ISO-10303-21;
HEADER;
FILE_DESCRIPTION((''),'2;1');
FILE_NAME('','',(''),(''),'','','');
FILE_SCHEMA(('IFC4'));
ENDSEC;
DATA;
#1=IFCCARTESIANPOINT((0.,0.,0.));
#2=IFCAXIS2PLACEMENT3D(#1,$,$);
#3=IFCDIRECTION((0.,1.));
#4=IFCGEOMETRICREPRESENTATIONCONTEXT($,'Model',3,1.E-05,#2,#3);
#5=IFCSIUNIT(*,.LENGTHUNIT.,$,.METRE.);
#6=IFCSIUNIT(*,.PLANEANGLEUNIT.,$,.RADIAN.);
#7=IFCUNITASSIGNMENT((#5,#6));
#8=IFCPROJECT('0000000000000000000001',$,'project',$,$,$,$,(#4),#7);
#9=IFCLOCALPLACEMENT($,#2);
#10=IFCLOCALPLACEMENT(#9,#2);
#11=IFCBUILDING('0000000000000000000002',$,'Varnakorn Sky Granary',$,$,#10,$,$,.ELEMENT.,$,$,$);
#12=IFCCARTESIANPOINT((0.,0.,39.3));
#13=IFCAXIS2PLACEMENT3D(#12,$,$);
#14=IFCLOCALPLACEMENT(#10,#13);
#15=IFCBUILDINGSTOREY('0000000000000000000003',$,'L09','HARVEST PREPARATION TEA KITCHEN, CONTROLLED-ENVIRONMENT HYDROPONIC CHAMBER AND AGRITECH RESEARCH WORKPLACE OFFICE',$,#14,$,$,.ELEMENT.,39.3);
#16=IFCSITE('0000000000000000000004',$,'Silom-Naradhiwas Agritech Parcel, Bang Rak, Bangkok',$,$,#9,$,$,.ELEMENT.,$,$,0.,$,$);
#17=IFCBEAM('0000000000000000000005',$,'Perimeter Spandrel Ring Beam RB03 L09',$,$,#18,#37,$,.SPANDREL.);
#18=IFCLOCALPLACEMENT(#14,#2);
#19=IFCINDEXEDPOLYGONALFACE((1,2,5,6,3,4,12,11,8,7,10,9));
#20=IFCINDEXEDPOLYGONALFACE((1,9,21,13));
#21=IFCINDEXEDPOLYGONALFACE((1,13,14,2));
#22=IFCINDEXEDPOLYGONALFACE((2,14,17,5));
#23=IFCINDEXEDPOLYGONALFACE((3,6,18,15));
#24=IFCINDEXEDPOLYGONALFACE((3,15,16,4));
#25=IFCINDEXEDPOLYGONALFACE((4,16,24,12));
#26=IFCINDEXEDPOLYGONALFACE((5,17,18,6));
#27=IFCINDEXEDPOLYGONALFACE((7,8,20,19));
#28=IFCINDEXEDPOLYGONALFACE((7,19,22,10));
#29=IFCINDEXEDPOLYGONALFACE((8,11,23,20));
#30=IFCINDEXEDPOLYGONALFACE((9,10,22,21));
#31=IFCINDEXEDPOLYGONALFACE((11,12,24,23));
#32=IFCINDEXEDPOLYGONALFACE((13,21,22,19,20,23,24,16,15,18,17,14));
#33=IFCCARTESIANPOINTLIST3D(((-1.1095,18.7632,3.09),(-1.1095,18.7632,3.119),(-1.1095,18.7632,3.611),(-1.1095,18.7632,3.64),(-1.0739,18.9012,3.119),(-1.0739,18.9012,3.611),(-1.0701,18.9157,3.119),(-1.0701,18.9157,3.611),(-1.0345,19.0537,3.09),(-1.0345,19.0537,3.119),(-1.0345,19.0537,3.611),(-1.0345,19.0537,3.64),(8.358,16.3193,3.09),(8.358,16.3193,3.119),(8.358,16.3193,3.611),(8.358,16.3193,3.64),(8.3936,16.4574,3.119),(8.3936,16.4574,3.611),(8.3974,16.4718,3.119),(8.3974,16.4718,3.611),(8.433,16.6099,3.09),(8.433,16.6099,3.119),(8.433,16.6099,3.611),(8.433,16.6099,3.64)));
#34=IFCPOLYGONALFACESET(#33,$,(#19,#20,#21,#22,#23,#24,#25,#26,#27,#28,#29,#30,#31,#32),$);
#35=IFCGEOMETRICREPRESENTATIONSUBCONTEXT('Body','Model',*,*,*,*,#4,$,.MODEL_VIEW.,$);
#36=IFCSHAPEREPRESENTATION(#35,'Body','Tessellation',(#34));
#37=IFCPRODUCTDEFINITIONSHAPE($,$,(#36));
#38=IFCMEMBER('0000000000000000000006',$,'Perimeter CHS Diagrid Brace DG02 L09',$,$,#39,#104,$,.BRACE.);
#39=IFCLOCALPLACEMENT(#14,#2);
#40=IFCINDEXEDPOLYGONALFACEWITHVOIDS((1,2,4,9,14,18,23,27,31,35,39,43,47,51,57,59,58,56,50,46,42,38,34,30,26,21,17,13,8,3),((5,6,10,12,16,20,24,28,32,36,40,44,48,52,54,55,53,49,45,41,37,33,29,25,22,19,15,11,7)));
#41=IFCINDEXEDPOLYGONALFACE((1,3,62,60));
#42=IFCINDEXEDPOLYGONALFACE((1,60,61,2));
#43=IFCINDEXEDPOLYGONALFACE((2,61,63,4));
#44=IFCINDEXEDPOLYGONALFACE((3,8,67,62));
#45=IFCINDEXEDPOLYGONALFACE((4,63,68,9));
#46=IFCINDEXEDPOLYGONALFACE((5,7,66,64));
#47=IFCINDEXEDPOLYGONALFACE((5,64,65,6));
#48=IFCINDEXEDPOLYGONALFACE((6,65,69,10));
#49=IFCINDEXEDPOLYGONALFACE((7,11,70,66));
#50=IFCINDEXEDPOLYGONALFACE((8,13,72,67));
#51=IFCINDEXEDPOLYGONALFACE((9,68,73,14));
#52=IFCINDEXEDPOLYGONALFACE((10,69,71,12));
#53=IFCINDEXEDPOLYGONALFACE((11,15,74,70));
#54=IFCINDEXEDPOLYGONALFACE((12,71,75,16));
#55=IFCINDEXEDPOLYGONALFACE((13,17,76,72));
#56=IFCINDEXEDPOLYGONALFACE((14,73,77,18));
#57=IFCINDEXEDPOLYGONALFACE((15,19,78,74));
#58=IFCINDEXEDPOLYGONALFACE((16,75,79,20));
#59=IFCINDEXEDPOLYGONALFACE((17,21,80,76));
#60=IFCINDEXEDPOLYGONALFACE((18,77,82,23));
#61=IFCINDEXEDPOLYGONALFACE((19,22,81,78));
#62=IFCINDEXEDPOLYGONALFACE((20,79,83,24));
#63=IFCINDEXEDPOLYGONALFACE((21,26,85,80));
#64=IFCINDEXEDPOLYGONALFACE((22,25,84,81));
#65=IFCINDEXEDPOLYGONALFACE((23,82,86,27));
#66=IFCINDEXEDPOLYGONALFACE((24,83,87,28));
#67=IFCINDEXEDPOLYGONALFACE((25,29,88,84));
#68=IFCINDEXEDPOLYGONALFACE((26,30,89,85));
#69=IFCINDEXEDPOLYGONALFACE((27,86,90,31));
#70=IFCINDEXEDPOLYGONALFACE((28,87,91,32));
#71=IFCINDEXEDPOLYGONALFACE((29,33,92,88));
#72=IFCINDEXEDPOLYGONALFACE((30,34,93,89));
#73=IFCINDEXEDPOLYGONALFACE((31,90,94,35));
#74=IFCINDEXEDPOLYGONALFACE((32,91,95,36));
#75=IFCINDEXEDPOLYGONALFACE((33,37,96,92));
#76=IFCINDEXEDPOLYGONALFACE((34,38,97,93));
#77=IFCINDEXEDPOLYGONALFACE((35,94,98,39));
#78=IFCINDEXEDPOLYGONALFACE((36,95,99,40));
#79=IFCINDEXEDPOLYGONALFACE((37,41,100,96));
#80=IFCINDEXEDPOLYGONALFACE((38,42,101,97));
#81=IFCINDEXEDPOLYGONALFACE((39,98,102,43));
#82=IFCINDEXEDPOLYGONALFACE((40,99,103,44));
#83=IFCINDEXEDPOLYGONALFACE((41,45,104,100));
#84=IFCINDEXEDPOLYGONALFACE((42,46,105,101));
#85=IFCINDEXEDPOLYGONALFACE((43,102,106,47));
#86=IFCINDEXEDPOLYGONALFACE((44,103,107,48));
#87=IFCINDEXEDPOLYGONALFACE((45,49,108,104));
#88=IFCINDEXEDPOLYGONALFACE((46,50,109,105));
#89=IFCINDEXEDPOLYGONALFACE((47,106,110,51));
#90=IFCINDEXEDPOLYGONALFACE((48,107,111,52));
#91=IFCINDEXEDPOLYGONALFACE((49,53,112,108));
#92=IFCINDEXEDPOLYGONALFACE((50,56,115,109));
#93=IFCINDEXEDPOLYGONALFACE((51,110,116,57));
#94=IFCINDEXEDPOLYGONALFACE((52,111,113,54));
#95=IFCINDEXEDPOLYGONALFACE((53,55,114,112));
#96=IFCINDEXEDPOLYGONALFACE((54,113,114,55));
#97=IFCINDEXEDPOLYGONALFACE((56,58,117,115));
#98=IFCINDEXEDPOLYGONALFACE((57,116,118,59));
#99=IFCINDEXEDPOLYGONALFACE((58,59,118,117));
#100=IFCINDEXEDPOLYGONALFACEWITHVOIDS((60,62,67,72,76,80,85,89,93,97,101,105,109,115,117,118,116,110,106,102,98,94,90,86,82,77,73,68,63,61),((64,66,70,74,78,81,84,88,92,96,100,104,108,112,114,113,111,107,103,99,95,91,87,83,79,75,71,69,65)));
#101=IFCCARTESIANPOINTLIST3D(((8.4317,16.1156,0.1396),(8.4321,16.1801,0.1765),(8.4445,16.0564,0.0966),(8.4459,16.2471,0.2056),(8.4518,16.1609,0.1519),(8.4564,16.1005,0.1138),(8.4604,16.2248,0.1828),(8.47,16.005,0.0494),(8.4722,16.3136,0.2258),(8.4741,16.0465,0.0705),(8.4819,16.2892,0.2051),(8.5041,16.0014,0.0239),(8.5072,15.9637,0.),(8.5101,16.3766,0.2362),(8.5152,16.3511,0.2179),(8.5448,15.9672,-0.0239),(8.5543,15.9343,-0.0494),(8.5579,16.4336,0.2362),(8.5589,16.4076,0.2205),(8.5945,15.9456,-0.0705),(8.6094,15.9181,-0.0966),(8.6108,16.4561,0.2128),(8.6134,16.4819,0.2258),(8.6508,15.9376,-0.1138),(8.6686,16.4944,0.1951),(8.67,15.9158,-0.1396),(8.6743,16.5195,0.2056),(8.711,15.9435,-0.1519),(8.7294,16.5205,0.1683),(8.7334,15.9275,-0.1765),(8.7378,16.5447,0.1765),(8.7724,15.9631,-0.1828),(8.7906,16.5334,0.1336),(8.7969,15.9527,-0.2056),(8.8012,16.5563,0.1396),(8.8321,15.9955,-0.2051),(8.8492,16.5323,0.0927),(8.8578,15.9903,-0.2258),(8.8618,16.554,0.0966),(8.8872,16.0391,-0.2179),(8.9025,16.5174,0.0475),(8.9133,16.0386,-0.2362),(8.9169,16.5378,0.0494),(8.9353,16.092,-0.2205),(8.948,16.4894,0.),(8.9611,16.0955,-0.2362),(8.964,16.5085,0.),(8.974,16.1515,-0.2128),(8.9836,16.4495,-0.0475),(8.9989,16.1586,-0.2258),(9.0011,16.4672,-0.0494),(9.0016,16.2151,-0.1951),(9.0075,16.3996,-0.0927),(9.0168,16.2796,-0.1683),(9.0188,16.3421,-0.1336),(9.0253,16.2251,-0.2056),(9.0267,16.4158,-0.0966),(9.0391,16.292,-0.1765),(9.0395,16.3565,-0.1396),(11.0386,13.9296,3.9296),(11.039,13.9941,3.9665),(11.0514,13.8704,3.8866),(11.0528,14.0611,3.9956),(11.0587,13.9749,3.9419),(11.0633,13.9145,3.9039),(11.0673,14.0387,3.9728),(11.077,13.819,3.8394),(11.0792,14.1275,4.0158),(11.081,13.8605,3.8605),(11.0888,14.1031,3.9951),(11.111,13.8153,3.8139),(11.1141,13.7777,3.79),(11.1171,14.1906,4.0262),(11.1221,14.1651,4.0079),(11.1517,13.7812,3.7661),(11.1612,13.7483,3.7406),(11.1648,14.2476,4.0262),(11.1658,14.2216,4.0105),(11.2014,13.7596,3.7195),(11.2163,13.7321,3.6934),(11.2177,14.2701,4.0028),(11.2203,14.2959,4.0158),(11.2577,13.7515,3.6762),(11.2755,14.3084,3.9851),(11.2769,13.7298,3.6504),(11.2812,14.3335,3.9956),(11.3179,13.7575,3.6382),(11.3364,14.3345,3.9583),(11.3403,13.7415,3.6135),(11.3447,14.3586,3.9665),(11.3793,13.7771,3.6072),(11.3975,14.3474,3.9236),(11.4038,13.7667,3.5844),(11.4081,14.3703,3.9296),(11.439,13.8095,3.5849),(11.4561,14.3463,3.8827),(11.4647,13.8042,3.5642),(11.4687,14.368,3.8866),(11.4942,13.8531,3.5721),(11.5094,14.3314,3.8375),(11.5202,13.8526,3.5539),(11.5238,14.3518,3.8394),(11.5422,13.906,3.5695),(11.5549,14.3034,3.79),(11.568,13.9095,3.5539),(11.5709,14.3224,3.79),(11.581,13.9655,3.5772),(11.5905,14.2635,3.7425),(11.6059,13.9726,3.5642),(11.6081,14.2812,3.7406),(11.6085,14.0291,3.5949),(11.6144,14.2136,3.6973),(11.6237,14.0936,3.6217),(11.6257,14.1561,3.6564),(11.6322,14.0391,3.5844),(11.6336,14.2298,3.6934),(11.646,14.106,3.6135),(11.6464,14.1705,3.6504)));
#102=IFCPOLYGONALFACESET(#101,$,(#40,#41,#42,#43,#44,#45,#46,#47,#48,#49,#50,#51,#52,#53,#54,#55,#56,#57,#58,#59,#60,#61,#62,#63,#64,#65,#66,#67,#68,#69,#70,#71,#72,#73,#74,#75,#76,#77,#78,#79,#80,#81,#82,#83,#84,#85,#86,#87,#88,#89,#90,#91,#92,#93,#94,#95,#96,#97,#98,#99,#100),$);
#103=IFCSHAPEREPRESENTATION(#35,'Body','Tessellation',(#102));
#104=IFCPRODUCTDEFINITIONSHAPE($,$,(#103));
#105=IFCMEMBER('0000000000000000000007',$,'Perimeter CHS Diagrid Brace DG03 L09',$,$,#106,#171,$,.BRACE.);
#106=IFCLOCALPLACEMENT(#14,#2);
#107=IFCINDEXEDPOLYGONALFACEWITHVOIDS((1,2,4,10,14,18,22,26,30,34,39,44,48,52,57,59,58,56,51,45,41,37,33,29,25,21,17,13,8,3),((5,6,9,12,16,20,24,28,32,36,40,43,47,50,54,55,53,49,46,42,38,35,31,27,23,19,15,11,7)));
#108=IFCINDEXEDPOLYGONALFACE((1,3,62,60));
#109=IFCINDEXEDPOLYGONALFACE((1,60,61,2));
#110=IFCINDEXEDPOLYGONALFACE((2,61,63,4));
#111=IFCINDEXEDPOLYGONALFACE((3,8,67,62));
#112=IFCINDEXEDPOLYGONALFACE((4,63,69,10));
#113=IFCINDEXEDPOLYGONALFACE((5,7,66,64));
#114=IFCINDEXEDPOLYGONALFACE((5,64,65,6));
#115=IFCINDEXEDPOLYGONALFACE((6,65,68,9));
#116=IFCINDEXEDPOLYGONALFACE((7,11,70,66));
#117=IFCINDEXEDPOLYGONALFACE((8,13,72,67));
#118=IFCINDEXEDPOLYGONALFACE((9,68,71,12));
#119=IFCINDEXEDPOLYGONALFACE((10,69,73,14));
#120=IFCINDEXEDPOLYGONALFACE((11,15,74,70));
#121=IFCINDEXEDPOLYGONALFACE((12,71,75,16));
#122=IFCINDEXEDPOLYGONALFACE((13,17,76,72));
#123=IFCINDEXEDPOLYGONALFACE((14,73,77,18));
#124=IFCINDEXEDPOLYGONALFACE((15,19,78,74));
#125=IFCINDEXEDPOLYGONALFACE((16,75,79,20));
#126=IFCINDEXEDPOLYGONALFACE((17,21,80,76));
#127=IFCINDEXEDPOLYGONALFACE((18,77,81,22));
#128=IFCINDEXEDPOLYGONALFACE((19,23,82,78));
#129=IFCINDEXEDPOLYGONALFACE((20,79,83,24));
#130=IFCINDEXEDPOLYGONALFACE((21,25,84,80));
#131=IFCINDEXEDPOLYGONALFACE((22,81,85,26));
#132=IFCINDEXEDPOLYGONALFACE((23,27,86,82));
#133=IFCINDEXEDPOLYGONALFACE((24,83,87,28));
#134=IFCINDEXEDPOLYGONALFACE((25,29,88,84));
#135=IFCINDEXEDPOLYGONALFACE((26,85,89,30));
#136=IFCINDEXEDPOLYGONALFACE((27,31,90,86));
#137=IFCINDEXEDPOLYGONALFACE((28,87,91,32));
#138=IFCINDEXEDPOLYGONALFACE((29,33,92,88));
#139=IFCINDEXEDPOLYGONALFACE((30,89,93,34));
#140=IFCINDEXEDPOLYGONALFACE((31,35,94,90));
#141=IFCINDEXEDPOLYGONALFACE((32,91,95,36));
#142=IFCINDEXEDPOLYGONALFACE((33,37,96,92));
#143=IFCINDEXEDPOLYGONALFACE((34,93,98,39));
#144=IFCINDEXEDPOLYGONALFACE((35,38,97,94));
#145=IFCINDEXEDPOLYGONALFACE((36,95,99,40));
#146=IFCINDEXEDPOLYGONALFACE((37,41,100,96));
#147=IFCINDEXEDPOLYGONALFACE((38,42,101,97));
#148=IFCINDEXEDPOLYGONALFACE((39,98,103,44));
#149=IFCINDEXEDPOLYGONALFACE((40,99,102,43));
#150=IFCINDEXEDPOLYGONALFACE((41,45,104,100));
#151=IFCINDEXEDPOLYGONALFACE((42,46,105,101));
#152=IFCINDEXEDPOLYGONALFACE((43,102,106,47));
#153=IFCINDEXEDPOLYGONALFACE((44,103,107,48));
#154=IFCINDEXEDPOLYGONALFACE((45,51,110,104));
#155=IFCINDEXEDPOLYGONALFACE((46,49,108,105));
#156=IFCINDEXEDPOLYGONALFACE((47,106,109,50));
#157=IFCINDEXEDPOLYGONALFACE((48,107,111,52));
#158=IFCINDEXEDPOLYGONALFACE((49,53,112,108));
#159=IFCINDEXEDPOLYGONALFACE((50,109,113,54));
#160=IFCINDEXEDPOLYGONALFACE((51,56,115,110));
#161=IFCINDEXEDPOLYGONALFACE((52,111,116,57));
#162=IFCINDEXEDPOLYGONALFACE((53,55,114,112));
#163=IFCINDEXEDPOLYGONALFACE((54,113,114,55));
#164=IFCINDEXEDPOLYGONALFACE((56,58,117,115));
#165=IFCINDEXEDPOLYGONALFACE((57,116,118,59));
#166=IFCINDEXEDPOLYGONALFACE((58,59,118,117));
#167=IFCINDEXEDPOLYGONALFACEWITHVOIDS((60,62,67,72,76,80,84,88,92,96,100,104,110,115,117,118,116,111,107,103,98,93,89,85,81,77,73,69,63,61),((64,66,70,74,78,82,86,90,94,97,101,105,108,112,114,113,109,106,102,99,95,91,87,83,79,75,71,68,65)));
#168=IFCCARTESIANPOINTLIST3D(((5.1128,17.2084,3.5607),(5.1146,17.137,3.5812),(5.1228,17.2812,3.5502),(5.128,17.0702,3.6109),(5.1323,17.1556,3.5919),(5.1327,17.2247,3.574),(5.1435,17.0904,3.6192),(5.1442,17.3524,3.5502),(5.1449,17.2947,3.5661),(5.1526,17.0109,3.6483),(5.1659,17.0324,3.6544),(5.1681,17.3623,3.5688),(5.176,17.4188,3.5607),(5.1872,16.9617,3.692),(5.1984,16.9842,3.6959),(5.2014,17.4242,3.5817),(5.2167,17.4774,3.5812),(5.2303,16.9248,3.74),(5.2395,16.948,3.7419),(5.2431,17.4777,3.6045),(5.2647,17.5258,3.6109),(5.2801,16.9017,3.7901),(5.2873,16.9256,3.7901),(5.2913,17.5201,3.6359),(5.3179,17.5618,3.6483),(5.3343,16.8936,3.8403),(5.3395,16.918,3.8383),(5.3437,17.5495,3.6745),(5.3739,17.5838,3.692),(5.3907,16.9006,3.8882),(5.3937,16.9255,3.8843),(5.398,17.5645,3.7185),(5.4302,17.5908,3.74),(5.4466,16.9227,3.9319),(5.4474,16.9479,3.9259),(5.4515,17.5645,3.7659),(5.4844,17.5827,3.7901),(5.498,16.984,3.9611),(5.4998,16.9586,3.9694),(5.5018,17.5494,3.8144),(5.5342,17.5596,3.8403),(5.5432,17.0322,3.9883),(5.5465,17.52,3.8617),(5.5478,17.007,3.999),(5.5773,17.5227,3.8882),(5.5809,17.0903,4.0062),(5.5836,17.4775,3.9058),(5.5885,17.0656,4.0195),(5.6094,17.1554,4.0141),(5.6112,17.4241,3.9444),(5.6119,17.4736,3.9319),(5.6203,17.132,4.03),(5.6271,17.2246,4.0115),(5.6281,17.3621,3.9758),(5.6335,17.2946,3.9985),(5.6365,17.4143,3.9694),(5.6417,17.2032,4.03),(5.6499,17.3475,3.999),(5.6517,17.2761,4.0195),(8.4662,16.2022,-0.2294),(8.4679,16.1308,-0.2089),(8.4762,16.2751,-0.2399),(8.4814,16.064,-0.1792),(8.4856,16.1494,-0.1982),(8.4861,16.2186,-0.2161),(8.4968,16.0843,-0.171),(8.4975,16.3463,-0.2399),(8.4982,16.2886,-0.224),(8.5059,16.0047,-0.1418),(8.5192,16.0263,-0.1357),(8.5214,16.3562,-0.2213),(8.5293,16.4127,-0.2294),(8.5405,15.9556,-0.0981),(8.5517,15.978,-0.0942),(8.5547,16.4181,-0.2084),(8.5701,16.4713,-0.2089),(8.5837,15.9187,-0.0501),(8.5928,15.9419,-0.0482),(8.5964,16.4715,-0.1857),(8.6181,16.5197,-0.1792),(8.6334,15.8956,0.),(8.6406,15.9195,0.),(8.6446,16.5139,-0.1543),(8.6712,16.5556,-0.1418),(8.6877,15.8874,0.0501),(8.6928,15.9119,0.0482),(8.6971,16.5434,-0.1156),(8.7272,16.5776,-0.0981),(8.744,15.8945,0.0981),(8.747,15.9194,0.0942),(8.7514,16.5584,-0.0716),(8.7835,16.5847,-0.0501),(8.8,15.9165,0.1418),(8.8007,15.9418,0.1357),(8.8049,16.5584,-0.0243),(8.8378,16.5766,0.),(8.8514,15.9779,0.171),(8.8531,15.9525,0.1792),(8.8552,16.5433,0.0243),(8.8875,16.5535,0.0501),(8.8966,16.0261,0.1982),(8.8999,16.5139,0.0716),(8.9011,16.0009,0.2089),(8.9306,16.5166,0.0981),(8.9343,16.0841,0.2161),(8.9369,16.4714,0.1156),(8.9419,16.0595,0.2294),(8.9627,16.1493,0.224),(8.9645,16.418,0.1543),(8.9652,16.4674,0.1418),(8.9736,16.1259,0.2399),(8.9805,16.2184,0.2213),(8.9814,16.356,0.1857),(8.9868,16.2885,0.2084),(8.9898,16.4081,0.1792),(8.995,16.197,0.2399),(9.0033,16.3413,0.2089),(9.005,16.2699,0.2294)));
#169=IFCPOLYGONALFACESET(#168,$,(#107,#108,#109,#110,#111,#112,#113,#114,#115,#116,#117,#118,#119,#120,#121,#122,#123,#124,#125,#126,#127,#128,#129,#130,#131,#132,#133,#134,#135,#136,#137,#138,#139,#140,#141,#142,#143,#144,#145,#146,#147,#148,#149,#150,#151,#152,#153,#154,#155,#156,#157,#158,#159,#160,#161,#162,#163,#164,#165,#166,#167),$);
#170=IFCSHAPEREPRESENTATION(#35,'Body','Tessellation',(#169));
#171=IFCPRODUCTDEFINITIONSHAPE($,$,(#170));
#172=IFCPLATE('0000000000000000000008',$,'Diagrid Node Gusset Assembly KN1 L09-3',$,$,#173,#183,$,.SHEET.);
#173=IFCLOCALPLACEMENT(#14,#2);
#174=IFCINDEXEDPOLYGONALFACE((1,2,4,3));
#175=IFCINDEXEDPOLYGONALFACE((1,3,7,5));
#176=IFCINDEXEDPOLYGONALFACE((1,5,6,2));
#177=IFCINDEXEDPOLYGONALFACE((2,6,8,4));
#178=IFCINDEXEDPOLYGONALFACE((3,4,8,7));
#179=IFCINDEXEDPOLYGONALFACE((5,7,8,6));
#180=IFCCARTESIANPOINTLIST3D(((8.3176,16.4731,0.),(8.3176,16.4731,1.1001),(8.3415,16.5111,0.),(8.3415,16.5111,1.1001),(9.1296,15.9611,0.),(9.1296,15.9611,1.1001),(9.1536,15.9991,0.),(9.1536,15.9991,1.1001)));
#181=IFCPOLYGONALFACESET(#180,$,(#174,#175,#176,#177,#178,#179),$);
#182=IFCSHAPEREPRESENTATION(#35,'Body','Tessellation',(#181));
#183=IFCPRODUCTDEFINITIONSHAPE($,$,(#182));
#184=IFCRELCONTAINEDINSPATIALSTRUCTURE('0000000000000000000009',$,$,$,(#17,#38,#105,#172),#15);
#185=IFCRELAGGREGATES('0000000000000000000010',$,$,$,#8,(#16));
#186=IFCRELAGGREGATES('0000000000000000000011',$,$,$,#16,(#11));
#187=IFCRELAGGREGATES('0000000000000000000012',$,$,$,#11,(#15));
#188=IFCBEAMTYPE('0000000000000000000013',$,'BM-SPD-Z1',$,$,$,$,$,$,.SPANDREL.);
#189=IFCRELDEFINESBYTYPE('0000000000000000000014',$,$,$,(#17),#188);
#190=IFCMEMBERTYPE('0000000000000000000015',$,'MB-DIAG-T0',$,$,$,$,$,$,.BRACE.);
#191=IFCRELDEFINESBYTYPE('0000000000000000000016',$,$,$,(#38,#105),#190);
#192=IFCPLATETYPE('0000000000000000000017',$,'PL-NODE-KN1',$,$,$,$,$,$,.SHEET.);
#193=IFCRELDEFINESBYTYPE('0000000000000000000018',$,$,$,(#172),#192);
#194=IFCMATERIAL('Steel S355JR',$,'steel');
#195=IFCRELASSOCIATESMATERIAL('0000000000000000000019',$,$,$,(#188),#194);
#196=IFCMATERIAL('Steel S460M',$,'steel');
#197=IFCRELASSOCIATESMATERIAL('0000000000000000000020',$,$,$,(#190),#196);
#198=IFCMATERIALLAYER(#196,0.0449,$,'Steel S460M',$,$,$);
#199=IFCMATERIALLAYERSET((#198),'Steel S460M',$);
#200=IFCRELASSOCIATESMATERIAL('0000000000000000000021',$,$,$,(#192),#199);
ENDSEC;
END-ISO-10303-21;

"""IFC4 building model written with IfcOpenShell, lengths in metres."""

from ifc_helpers import new_model, si_unit, direction, frame, origin, origin_2d, place, context, subcontext, project, spatial, rectangle, hollow_circle, i_section, extrude, material, layer, layer_set, material_profile, profile_set, type_object, element, save


model = new_model("IFC4")

# Units and contexts
model_context = context("Model", 3, precision=1e-05, world=origin(), true_north=direction((0.0, 1.0)))
body_context = subcontext(model_context, "Body", "Model", "MODEL_VIEW")
ifc_project = project(units=[si_unit("LENGTHUNIT", "METRE"), si_unit("PLANEANGLEUNIT", "RADIAN")], contexts=[model_context])

# Site, building, storey
site_placement = place(None, origin())
site = spatial("IfcSite", under=ifc_project, at=site_placement, Name="Silom-Naradhiwas Agritech Parcel, Bang Rak, Bangkok", CompositionType="ELEMENT", RefElevation=0.0)
building_placement = place(site_placement, origin())
building = spatial("IfcBuilding", under=site, at=building_placement, Name="Varnakorn Sky Granary", CompositionType="ELEMENT")
storey_placement = place(building_placement, frame((0.0, 0.0, 39.3)))
storey = spatial("IfcBuildingStorey", under=building, at=storey_placement, Name="L09", Description="HARVEST PREPARATION TEA KITCHEN, CONTROLLED-ENVIRONMENT HYDROPONIC CHAMBER AND AGRITECH RESEARCH WORKPLACE OFFICE", CompositionType="ELEMENT", Elevation=39.3)

# Shared definitions
ifc_material_1 = material(Name="Steel S460M", Category="steel")

# Beam
ifc_material_2 = material(Name="Steel S355JR", Category="steel")
ifc_material_profile_1 = material_profile(ifc_material_2, i_section(OverallWidth=0.3, OverallDepth=0.55, WebThickness=0.0149, FlangeThickness=0.0291, at=origin_2d()), Name="HE 550 B")
ifc_profile_set_1 = profile_set([ifc_material_profile_1], Name="Steel S355JR")
beam_type_1 = type_object("IfcBeamType", Name="BM-SPD-Z1", PredefinedType="SPANDREL", material=ifc_profile_set_1)
beam_1_placement = place(storey_placement, frame((8.3955, 16.4646, 3.365), z_axis=(-0.968262, 0.249937, 0.0), x_axis=(-0.249937, -0.968262, 0.0)))
element("IfcBeam", 1, at=beam_1_placement, inside=storey, type_object=beam_type_1, Name="Perimeter Spandrel Ring Beam RB03 L09", PredefinedType="SPANDREL", context=body_context, shape_type="SweptSolid", body=[
    extrude(i_section(OverallWidth=0.3, OverallDepth=0.55, WebThickness=0.0149, FlangeThickness=0.0291, at=origin_2d()), origin(), (0.0, 0.0, 1.0), 9.7778),
])

# Members
ifc_material_profile_2 = material_profile(ifc_material_1, hollow_circle(Radius=0.3555, WallThickness=0.0249, at=origin_2d()), Name="CHS 711x25")
ifc_profile_set_2 = profile_set([ifc_material_profile_2], Name="Steel S460M")
member_type = type_object("IfcMemberType", Name="MB-DIAG-T0", PredefinedType="BRACE", material=ifc_profile_set_2)
member_1_placement = place(storey_placement, frame((8.7356, 16.2361, 0.0), z_axis=(0.51186, -0.429219, 0.744158), x_axis=(0.642539, 0.766253, 0.0)))
element("IfcMember", 2, at=member_1_placement, inside=storey, type_object=member_type, Name="Perimeter CHS Diagrid Brace DG02 L09", PredefinedType="BRACE", context=body_context, shape_type="SweptSolid", body=[
    extrude(hollow_circle(Radius=0.3555, WallThickness=0.0249, at=origin_2d()), origin(), (0.0, 0.0, 1.0), 5.093),
])
member_2_placement = place(storey_placement, frame((8.7356, 16.2361, 0.0), z_axis=(-0.649914, 0.194998, 0.734566), x_axis=(-0.28738, -0.957817, 0.0)))
element("IfcMember", 3, at=member_2_placement, inside=storey, type_object=member_type, Name="Perimeter CHS Diagrid Brace DG03 L09", PredefinedType="BRACE", context=body_context, shape_type="SweptSolid", body=[
    extrude(hollow_circle(Radius=0.3555, WallThickness=0.0249, at=origin_2d()), origin(), (0.0, 0.0, 1.0), 5.1597),
])

# Plate
ifc_layer_1 = layer(ifc_material_1, 0.0449, Name="Steel S460M")
ifc_layer_set_1 = layer_set([ifc_layer_1], Name="Steel S460M")
plate_type = type_object("IfcPlateType", Name="PL-NODE-KN1", PredefinedType="SHEET", material=ifc_layer_set_1)
plate_placement = place(storey_placement, frame((8.7356, 16.2361, 0.0), z_axis=(0.0, 0.0, 1.0), x_axis=(-0.845934, 0.533287, 0.0)))
element("IfcPlate", 4, at=plate_placement, inside=storey, type_object=plate_type, Name="Diagrid Node Gusset Assembly KN1 L09-3", PredefinedType="SHEET", context=body_context, shape_type="SweptSolid", body=[
    extrude(rectangle(XDim=0.96, YDim=0.0449, at=origin_2d()), origin(), (0.0, 0.0, 1.0), 1.1001),
])

save(model, "model.ifc")
